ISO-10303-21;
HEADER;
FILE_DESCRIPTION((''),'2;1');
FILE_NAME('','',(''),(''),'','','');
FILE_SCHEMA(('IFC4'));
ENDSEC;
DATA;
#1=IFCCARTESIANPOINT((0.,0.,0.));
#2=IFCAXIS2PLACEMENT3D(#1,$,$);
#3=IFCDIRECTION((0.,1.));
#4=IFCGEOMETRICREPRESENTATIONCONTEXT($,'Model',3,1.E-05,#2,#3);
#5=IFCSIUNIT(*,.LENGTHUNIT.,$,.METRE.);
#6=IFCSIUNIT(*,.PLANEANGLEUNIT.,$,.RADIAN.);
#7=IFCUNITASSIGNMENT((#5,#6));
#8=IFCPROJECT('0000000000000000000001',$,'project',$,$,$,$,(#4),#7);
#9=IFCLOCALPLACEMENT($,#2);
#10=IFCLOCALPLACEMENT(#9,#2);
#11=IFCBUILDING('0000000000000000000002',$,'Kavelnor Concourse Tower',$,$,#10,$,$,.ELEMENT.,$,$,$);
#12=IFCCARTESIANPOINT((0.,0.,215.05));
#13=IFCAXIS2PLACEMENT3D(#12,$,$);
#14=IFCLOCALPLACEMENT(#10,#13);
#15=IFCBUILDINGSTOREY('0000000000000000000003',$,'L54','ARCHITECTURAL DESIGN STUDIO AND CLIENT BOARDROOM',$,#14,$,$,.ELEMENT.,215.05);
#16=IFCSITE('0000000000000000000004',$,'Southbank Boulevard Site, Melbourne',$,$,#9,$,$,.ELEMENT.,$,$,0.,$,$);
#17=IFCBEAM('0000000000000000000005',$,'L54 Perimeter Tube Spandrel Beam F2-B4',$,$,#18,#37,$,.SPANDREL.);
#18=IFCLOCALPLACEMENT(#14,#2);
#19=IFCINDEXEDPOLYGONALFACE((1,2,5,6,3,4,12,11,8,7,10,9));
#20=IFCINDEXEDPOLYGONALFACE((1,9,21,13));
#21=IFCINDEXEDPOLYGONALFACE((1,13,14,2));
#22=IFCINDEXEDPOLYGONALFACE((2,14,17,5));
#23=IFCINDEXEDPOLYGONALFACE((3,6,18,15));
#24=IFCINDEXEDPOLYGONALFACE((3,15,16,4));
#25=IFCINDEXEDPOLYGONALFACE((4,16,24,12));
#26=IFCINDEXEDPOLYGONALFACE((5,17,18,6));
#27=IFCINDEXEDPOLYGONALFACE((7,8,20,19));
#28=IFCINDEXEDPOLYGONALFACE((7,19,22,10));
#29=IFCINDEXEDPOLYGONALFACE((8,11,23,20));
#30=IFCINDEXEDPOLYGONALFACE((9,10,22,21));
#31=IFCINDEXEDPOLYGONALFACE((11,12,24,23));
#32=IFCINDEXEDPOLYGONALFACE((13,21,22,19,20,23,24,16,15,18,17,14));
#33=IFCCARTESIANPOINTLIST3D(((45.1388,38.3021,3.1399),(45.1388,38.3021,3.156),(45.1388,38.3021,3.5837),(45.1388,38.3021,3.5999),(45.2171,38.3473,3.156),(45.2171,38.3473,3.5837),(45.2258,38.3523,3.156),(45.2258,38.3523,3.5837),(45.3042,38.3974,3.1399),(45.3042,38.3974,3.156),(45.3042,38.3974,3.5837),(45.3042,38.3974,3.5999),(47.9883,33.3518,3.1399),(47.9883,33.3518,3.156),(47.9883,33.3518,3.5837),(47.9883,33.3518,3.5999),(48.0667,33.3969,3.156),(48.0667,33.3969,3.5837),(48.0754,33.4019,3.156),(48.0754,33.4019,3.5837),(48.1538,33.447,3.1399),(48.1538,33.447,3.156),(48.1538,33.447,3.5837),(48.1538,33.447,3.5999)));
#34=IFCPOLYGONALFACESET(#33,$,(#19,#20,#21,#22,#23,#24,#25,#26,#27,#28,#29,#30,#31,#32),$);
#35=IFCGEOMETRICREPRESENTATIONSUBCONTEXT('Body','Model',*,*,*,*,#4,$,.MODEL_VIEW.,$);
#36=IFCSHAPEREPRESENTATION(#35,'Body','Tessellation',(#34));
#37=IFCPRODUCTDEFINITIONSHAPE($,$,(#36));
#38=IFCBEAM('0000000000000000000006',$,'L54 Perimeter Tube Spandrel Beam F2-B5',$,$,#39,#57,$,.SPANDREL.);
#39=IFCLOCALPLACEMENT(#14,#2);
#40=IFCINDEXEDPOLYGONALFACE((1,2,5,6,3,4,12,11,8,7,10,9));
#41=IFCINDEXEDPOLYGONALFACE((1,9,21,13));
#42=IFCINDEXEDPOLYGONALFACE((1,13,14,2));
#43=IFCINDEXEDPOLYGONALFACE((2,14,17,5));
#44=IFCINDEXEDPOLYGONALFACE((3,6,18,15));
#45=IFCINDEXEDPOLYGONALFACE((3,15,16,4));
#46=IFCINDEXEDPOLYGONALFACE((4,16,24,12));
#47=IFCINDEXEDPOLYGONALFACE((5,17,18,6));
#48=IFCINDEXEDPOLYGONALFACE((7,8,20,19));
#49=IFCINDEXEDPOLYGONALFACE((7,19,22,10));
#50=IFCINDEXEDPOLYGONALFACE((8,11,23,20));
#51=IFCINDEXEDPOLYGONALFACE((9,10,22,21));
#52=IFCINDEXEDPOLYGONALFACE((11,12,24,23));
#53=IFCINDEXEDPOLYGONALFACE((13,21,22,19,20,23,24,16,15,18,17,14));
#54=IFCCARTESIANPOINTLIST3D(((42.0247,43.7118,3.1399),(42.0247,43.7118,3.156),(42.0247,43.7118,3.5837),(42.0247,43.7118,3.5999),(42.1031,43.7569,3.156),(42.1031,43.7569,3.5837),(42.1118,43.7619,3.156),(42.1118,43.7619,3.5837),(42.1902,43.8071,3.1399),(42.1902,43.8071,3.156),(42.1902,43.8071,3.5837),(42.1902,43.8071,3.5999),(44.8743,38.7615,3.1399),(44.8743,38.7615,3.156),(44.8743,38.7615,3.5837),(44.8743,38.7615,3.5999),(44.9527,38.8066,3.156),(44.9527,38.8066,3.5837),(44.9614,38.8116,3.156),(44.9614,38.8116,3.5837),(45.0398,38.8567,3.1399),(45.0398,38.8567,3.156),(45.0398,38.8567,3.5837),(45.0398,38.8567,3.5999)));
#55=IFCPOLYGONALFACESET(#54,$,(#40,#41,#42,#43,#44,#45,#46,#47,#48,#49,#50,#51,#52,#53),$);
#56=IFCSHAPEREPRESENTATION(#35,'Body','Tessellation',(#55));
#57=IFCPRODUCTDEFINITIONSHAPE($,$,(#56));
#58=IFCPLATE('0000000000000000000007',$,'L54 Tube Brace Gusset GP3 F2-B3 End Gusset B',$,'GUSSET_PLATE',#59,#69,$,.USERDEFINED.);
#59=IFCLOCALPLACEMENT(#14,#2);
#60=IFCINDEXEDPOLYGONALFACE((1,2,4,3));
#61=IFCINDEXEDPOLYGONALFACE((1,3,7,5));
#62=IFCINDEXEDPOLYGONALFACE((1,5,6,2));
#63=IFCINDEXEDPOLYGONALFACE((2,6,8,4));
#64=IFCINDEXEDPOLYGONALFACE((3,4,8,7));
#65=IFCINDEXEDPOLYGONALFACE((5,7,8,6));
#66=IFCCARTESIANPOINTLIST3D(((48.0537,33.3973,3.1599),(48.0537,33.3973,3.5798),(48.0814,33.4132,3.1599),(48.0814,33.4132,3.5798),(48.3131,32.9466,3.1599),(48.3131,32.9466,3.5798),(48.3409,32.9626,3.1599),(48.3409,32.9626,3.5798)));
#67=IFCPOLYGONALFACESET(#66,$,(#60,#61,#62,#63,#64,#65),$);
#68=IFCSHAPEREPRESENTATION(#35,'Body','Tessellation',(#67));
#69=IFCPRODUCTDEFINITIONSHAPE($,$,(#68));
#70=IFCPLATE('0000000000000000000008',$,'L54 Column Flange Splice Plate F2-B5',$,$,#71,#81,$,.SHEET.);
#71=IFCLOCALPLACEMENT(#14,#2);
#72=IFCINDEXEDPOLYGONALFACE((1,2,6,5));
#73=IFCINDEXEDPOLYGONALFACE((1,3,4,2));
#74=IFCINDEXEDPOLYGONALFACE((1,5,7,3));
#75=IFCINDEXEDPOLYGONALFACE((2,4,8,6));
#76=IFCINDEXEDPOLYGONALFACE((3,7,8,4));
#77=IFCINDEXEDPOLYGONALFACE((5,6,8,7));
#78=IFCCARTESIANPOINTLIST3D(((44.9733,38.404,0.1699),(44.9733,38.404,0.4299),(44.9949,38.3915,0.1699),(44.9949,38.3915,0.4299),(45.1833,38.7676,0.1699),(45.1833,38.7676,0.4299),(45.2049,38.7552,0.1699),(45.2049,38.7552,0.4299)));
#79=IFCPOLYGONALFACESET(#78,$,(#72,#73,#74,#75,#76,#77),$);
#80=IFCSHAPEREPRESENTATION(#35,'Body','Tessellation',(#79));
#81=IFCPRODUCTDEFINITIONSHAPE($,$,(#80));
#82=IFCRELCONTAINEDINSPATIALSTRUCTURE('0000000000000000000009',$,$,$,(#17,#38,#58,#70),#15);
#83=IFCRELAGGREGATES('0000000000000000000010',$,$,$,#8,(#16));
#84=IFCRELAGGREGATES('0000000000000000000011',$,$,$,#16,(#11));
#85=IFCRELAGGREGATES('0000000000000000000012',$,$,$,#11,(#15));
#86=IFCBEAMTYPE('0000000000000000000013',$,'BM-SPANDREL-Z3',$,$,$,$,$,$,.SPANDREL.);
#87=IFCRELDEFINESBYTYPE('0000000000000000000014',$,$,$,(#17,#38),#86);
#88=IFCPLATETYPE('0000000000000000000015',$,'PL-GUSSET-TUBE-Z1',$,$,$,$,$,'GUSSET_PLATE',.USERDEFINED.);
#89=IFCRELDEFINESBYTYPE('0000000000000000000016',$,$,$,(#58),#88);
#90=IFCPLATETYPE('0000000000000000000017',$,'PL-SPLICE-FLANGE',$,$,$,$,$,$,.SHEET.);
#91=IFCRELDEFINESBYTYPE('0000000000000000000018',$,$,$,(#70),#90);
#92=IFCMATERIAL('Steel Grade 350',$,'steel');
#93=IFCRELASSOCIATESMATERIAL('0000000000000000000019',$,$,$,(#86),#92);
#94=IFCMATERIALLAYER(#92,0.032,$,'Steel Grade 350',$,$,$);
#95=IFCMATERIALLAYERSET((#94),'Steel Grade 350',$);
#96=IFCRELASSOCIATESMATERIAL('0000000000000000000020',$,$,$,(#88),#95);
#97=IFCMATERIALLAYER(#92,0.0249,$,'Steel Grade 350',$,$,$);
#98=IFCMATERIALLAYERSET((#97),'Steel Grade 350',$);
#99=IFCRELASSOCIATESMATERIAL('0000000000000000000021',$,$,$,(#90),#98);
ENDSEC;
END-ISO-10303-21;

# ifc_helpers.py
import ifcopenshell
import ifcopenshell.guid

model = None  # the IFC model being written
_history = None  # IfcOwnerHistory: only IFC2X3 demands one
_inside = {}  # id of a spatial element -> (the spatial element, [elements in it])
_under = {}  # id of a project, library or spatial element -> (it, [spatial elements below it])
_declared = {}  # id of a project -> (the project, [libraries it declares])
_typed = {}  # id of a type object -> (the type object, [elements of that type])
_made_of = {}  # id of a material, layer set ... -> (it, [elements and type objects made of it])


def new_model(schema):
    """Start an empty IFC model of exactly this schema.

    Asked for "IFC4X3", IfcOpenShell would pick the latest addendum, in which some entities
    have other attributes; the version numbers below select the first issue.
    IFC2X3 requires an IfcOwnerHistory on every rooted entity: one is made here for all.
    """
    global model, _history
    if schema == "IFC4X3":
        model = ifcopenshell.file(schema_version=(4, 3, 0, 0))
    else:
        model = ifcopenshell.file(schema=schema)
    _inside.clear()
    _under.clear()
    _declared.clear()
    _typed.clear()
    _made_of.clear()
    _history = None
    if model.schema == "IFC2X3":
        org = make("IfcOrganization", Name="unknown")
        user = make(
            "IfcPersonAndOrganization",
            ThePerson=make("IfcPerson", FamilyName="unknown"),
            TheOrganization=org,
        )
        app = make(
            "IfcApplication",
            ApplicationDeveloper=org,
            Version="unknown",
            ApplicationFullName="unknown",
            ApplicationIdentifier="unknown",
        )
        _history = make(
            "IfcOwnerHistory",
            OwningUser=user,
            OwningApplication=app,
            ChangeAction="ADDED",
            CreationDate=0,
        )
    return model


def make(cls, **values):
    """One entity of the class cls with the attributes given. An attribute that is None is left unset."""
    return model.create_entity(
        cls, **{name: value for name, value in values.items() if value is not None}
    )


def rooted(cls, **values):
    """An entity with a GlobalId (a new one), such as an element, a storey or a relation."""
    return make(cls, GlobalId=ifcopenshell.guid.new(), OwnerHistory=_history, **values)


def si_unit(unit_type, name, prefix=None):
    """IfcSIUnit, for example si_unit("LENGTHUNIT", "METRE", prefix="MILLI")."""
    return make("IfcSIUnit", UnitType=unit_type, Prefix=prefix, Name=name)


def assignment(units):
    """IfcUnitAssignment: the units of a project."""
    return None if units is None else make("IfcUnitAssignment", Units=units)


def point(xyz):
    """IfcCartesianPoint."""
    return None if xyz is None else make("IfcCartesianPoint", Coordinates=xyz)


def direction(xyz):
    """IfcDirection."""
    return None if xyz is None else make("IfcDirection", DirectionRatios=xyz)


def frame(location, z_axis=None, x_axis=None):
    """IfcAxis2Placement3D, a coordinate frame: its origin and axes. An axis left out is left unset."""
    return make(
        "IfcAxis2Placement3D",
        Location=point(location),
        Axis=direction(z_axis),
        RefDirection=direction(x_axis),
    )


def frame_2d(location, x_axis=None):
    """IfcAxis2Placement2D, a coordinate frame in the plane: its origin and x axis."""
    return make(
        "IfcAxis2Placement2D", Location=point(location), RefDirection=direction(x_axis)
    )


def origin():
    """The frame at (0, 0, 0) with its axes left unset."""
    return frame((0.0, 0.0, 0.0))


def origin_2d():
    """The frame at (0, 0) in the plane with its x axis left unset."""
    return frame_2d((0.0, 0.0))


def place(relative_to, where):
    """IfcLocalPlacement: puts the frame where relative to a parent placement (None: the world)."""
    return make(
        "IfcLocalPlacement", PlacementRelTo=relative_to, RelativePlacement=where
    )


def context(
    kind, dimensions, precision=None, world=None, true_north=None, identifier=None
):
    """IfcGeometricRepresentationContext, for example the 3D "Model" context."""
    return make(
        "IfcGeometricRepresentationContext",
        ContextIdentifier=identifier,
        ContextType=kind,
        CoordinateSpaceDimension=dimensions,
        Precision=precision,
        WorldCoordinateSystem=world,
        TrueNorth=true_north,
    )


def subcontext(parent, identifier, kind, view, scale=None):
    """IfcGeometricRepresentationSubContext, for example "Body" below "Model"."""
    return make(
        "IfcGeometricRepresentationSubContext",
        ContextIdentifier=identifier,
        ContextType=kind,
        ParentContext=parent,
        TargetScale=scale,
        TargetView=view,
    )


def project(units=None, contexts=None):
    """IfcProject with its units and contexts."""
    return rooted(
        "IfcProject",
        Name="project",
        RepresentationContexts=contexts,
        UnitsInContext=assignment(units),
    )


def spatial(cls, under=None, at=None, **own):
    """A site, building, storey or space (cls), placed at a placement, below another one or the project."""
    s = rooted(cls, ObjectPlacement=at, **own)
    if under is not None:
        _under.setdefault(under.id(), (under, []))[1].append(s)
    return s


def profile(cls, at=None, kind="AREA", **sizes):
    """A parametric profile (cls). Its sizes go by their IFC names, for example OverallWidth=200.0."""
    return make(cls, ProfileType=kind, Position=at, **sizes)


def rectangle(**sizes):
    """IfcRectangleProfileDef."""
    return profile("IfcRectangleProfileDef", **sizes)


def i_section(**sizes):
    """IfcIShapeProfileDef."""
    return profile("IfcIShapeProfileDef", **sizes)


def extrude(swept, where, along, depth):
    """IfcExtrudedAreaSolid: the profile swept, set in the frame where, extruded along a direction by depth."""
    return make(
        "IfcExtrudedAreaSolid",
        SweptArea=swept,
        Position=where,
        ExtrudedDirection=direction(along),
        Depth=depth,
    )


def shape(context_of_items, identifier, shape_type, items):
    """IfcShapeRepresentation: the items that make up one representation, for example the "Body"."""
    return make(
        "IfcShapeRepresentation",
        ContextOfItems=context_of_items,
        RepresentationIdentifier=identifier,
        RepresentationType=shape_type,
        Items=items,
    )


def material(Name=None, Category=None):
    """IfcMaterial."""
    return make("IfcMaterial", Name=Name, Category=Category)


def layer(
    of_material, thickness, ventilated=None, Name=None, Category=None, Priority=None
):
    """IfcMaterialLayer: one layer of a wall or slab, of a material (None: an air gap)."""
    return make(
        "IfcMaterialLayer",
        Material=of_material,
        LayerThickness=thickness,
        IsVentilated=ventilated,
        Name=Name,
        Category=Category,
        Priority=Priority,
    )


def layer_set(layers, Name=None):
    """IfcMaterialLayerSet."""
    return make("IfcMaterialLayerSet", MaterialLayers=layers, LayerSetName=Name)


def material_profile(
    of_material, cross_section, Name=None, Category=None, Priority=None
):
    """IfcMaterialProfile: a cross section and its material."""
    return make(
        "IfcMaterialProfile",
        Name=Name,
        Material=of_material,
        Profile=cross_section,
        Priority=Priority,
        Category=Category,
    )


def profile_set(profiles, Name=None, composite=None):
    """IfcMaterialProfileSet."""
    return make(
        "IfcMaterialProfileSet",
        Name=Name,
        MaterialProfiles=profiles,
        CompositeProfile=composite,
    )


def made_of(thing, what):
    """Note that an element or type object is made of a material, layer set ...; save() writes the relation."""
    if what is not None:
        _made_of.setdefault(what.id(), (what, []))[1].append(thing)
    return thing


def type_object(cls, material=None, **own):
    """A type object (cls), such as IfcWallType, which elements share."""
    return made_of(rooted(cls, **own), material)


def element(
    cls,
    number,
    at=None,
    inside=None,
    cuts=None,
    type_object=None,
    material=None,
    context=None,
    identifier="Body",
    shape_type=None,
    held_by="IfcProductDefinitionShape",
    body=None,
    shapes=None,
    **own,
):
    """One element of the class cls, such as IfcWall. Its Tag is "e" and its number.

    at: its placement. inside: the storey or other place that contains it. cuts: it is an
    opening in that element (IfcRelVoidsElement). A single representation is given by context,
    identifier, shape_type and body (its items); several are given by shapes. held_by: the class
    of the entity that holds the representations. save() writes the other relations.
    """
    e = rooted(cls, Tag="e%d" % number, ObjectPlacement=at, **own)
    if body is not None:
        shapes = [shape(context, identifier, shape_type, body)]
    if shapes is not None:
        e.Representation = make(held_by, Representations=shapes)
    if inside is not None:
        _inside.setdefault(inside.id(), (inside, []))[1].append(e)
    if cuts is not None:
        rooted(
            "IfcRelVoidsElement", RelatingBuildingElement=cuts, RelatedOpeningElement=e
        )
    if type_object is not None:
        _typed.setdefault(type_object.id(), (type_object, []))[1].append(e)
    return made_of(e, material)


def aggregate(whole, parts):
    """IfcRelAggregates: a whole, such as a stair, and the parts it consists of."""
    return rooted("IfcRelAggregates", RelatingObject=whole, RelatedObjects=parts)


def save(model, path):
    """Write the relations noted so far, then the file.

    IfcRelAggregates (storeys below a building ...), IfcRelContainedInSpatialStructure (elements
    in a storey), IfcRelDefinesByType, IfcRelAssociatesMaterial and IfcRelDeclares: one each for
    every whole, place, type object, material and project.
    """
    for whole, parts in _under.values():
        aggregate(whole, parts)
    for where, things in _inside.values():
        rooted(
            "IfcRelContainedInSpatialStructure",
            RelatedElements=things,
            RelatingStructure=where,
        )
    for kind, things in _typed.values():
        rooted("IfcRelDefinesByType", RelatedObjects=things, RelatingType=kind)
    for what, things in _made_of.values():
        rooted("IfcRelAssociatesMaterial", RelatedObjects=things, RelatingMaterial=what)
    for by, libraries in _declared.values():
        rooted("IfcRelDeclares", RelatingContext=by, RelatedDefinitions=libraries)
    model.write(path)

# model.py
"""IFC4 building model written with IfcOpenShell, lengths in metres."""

from ifc_helpers import new_model, si_unit, direction, frame, origin, origin_2d, place, context, subcontext, project, spatial, rectangle, i_section, extrude, material, layer, layer_set, material_profile, profile_set, type_object, element, save


model = new_model("IFC4")

# Units and contexts
model_context = context("Model", 3, precision=1e-05, world=origin(), true_north=direction((0.0, 1.0)))
body_context = subcontext(model_context, "Body", "Model", "MODEL_VIEW")
ifc_project = project(units=[si_unit("LENGTHUNIT", "METRE"), si_unit("PLANEANGLEUNIT", "RADIAN")], contexts=[model_context])

# Site, building, storey
site_placement = place(None, origin())
site = spatial("IfcSite", under=ifc_project, at=site_placement, Name="Southbank Boulevard Site, Melbourne", CompositionType="ELEMENT", RefElevation=0.0)
building_placement = place(site_placement, origin())
building = spatial("IfcBuilding", under=site, at=building_placement, Name="Kavelnor Concourse Tower", CompositionType="ELEMENT")
storey_placement = place(building_placement, frame((0.0, 0.0, 215.05)))
storey = spatial("IfcBuildingStorey", under=building, at=storey_placement, Name="L54", Description="ARCHITECTURAL DESIGN STUDIO AND CLIENT BOARDROOM", CompositionType="ELEMENT", Elevation=215.05)

# Shared definitions
ifc_material_1 = material(Name="Steel Grade 350", Category="steel")

# Beams
ifc_material_profile_1 = material_profile(ifc_material_1, i_section(OverallWidth=0.1909, OverallDepth=0.46, WebThickness=0.01, FlangeThickness=0.0161, at=origin_2d()), Name="460UB82")
ifc_profile_set_1 = profile_set([ifc_material_profile_1], Name="Steel Grade 350")
beam_type_1 = type_object("IfcBeamType", Name="BM-SPANDREL-Z3", PredefinedType="SPANDREL", material=ifc_profile_set_1)
for number, where, z_axis, x_axis, name in (
    (1, (48.071, 33.3994, 3.3699), (-0.49888, 0.866671, 0.0), (-0.866671, -0.49888, 0.0), "L54 Perimeter Tube Spandrel Beam F2-B4"),
    (2, (44.957, 38.8091, 3.3699), (-0.49888, 0.866671, 0.0), (-0.866671, -0.49888, 0.0), "L54 Perimeter Tube Spandrel Beam F2-B5"),
):
    element("IfcBeam", number, at=place(storey_placement, frame(where, z_axis=z_axis, x_axis=x_axis)), inside=storey, type_object=beam_type_1, Name=name, PredefinedType="SPANDREL", context=body_context, shape_type="SweptSolid", body=[
        extrude(i_section(OverallWidth=0.1909, OverallDepth=0.46, WebThickness=0.01, FlangeThickness=0.0161, at=origin_2d()), origin(), (0.0, 0.0, 1.0), 5.7119),
    ])

# Plates
ifc_layer_1 = layer(ifc_material_1, 0.032, Name="Steel Grade 350")
ifc_layer_set_1 = layer_set([ifc_layer_1], Name="Steel Grade 350")
plate_type_1 = type_object("IfcPlateType", Name="PL-GUSSET-TUBE-Z1", ElementType="GUSSET_PLATE", PredefinedType="USERDEFINED", material=ifc_layer_set_1)
plate_1_placement = place(storey_placement, frame((48.1973, 33.1799, 3.1599), z_axis=(0.0, 0.0, 1.0), x_axis=(-0.498942, 0.866636, 0.0)))
element("IfcPlate", 3, at=plate_1_placement, inside=storey, type_object=plate_type_1, Name="L54 Tube Brace Gusset GP3 F2-B3 End Gusset B", ObjectType="GUSSET_PLATE", PredefinedType="USERDEFINED", context=body_context, shape_type="SweptSolid", body=[
    extrude(rectangle(XDim=0.52, YDim=0.032, at=origin_2d()), origin(), (0.0, 0.0, 1.0), 0.4199),
])
ifc_layer_2 = layer(ifc_material_1, 0.0249, Name="Steel Grade 350")
ifc_layer_set_2 = layer_set([ifc_layer_2], Name="Steel Grade 350")
plate_type_2 = type_object("IfcPlateType", Name="PL-SPLICE-FLANGE", PredefinedType="SHEET", material=ifc_layer_set_2)
plate_2_placement = place(storey_placement, frame((45.0891, 38.5796, 0.1699), z_axis=(0.0, 0.0, 1.0), x_axis=(-0.5, -0.866025, 0.0)))
element("IfcPlate", 4, at=plate_2_placement, inside=storey, type_object=plate_type_2, Name="L54 Column Flange Splice Plate F2-B5", PredefinedType="SHEET", context=body_context, shape_type="SweptSolid", body=[
    extrude(rectangle(XDim=0.4199, YDim=0.0249, at=origin_2d()), origin(), (0.0, 0.0, 1.0), 0.26),
])

save(model, "model.ifc")
